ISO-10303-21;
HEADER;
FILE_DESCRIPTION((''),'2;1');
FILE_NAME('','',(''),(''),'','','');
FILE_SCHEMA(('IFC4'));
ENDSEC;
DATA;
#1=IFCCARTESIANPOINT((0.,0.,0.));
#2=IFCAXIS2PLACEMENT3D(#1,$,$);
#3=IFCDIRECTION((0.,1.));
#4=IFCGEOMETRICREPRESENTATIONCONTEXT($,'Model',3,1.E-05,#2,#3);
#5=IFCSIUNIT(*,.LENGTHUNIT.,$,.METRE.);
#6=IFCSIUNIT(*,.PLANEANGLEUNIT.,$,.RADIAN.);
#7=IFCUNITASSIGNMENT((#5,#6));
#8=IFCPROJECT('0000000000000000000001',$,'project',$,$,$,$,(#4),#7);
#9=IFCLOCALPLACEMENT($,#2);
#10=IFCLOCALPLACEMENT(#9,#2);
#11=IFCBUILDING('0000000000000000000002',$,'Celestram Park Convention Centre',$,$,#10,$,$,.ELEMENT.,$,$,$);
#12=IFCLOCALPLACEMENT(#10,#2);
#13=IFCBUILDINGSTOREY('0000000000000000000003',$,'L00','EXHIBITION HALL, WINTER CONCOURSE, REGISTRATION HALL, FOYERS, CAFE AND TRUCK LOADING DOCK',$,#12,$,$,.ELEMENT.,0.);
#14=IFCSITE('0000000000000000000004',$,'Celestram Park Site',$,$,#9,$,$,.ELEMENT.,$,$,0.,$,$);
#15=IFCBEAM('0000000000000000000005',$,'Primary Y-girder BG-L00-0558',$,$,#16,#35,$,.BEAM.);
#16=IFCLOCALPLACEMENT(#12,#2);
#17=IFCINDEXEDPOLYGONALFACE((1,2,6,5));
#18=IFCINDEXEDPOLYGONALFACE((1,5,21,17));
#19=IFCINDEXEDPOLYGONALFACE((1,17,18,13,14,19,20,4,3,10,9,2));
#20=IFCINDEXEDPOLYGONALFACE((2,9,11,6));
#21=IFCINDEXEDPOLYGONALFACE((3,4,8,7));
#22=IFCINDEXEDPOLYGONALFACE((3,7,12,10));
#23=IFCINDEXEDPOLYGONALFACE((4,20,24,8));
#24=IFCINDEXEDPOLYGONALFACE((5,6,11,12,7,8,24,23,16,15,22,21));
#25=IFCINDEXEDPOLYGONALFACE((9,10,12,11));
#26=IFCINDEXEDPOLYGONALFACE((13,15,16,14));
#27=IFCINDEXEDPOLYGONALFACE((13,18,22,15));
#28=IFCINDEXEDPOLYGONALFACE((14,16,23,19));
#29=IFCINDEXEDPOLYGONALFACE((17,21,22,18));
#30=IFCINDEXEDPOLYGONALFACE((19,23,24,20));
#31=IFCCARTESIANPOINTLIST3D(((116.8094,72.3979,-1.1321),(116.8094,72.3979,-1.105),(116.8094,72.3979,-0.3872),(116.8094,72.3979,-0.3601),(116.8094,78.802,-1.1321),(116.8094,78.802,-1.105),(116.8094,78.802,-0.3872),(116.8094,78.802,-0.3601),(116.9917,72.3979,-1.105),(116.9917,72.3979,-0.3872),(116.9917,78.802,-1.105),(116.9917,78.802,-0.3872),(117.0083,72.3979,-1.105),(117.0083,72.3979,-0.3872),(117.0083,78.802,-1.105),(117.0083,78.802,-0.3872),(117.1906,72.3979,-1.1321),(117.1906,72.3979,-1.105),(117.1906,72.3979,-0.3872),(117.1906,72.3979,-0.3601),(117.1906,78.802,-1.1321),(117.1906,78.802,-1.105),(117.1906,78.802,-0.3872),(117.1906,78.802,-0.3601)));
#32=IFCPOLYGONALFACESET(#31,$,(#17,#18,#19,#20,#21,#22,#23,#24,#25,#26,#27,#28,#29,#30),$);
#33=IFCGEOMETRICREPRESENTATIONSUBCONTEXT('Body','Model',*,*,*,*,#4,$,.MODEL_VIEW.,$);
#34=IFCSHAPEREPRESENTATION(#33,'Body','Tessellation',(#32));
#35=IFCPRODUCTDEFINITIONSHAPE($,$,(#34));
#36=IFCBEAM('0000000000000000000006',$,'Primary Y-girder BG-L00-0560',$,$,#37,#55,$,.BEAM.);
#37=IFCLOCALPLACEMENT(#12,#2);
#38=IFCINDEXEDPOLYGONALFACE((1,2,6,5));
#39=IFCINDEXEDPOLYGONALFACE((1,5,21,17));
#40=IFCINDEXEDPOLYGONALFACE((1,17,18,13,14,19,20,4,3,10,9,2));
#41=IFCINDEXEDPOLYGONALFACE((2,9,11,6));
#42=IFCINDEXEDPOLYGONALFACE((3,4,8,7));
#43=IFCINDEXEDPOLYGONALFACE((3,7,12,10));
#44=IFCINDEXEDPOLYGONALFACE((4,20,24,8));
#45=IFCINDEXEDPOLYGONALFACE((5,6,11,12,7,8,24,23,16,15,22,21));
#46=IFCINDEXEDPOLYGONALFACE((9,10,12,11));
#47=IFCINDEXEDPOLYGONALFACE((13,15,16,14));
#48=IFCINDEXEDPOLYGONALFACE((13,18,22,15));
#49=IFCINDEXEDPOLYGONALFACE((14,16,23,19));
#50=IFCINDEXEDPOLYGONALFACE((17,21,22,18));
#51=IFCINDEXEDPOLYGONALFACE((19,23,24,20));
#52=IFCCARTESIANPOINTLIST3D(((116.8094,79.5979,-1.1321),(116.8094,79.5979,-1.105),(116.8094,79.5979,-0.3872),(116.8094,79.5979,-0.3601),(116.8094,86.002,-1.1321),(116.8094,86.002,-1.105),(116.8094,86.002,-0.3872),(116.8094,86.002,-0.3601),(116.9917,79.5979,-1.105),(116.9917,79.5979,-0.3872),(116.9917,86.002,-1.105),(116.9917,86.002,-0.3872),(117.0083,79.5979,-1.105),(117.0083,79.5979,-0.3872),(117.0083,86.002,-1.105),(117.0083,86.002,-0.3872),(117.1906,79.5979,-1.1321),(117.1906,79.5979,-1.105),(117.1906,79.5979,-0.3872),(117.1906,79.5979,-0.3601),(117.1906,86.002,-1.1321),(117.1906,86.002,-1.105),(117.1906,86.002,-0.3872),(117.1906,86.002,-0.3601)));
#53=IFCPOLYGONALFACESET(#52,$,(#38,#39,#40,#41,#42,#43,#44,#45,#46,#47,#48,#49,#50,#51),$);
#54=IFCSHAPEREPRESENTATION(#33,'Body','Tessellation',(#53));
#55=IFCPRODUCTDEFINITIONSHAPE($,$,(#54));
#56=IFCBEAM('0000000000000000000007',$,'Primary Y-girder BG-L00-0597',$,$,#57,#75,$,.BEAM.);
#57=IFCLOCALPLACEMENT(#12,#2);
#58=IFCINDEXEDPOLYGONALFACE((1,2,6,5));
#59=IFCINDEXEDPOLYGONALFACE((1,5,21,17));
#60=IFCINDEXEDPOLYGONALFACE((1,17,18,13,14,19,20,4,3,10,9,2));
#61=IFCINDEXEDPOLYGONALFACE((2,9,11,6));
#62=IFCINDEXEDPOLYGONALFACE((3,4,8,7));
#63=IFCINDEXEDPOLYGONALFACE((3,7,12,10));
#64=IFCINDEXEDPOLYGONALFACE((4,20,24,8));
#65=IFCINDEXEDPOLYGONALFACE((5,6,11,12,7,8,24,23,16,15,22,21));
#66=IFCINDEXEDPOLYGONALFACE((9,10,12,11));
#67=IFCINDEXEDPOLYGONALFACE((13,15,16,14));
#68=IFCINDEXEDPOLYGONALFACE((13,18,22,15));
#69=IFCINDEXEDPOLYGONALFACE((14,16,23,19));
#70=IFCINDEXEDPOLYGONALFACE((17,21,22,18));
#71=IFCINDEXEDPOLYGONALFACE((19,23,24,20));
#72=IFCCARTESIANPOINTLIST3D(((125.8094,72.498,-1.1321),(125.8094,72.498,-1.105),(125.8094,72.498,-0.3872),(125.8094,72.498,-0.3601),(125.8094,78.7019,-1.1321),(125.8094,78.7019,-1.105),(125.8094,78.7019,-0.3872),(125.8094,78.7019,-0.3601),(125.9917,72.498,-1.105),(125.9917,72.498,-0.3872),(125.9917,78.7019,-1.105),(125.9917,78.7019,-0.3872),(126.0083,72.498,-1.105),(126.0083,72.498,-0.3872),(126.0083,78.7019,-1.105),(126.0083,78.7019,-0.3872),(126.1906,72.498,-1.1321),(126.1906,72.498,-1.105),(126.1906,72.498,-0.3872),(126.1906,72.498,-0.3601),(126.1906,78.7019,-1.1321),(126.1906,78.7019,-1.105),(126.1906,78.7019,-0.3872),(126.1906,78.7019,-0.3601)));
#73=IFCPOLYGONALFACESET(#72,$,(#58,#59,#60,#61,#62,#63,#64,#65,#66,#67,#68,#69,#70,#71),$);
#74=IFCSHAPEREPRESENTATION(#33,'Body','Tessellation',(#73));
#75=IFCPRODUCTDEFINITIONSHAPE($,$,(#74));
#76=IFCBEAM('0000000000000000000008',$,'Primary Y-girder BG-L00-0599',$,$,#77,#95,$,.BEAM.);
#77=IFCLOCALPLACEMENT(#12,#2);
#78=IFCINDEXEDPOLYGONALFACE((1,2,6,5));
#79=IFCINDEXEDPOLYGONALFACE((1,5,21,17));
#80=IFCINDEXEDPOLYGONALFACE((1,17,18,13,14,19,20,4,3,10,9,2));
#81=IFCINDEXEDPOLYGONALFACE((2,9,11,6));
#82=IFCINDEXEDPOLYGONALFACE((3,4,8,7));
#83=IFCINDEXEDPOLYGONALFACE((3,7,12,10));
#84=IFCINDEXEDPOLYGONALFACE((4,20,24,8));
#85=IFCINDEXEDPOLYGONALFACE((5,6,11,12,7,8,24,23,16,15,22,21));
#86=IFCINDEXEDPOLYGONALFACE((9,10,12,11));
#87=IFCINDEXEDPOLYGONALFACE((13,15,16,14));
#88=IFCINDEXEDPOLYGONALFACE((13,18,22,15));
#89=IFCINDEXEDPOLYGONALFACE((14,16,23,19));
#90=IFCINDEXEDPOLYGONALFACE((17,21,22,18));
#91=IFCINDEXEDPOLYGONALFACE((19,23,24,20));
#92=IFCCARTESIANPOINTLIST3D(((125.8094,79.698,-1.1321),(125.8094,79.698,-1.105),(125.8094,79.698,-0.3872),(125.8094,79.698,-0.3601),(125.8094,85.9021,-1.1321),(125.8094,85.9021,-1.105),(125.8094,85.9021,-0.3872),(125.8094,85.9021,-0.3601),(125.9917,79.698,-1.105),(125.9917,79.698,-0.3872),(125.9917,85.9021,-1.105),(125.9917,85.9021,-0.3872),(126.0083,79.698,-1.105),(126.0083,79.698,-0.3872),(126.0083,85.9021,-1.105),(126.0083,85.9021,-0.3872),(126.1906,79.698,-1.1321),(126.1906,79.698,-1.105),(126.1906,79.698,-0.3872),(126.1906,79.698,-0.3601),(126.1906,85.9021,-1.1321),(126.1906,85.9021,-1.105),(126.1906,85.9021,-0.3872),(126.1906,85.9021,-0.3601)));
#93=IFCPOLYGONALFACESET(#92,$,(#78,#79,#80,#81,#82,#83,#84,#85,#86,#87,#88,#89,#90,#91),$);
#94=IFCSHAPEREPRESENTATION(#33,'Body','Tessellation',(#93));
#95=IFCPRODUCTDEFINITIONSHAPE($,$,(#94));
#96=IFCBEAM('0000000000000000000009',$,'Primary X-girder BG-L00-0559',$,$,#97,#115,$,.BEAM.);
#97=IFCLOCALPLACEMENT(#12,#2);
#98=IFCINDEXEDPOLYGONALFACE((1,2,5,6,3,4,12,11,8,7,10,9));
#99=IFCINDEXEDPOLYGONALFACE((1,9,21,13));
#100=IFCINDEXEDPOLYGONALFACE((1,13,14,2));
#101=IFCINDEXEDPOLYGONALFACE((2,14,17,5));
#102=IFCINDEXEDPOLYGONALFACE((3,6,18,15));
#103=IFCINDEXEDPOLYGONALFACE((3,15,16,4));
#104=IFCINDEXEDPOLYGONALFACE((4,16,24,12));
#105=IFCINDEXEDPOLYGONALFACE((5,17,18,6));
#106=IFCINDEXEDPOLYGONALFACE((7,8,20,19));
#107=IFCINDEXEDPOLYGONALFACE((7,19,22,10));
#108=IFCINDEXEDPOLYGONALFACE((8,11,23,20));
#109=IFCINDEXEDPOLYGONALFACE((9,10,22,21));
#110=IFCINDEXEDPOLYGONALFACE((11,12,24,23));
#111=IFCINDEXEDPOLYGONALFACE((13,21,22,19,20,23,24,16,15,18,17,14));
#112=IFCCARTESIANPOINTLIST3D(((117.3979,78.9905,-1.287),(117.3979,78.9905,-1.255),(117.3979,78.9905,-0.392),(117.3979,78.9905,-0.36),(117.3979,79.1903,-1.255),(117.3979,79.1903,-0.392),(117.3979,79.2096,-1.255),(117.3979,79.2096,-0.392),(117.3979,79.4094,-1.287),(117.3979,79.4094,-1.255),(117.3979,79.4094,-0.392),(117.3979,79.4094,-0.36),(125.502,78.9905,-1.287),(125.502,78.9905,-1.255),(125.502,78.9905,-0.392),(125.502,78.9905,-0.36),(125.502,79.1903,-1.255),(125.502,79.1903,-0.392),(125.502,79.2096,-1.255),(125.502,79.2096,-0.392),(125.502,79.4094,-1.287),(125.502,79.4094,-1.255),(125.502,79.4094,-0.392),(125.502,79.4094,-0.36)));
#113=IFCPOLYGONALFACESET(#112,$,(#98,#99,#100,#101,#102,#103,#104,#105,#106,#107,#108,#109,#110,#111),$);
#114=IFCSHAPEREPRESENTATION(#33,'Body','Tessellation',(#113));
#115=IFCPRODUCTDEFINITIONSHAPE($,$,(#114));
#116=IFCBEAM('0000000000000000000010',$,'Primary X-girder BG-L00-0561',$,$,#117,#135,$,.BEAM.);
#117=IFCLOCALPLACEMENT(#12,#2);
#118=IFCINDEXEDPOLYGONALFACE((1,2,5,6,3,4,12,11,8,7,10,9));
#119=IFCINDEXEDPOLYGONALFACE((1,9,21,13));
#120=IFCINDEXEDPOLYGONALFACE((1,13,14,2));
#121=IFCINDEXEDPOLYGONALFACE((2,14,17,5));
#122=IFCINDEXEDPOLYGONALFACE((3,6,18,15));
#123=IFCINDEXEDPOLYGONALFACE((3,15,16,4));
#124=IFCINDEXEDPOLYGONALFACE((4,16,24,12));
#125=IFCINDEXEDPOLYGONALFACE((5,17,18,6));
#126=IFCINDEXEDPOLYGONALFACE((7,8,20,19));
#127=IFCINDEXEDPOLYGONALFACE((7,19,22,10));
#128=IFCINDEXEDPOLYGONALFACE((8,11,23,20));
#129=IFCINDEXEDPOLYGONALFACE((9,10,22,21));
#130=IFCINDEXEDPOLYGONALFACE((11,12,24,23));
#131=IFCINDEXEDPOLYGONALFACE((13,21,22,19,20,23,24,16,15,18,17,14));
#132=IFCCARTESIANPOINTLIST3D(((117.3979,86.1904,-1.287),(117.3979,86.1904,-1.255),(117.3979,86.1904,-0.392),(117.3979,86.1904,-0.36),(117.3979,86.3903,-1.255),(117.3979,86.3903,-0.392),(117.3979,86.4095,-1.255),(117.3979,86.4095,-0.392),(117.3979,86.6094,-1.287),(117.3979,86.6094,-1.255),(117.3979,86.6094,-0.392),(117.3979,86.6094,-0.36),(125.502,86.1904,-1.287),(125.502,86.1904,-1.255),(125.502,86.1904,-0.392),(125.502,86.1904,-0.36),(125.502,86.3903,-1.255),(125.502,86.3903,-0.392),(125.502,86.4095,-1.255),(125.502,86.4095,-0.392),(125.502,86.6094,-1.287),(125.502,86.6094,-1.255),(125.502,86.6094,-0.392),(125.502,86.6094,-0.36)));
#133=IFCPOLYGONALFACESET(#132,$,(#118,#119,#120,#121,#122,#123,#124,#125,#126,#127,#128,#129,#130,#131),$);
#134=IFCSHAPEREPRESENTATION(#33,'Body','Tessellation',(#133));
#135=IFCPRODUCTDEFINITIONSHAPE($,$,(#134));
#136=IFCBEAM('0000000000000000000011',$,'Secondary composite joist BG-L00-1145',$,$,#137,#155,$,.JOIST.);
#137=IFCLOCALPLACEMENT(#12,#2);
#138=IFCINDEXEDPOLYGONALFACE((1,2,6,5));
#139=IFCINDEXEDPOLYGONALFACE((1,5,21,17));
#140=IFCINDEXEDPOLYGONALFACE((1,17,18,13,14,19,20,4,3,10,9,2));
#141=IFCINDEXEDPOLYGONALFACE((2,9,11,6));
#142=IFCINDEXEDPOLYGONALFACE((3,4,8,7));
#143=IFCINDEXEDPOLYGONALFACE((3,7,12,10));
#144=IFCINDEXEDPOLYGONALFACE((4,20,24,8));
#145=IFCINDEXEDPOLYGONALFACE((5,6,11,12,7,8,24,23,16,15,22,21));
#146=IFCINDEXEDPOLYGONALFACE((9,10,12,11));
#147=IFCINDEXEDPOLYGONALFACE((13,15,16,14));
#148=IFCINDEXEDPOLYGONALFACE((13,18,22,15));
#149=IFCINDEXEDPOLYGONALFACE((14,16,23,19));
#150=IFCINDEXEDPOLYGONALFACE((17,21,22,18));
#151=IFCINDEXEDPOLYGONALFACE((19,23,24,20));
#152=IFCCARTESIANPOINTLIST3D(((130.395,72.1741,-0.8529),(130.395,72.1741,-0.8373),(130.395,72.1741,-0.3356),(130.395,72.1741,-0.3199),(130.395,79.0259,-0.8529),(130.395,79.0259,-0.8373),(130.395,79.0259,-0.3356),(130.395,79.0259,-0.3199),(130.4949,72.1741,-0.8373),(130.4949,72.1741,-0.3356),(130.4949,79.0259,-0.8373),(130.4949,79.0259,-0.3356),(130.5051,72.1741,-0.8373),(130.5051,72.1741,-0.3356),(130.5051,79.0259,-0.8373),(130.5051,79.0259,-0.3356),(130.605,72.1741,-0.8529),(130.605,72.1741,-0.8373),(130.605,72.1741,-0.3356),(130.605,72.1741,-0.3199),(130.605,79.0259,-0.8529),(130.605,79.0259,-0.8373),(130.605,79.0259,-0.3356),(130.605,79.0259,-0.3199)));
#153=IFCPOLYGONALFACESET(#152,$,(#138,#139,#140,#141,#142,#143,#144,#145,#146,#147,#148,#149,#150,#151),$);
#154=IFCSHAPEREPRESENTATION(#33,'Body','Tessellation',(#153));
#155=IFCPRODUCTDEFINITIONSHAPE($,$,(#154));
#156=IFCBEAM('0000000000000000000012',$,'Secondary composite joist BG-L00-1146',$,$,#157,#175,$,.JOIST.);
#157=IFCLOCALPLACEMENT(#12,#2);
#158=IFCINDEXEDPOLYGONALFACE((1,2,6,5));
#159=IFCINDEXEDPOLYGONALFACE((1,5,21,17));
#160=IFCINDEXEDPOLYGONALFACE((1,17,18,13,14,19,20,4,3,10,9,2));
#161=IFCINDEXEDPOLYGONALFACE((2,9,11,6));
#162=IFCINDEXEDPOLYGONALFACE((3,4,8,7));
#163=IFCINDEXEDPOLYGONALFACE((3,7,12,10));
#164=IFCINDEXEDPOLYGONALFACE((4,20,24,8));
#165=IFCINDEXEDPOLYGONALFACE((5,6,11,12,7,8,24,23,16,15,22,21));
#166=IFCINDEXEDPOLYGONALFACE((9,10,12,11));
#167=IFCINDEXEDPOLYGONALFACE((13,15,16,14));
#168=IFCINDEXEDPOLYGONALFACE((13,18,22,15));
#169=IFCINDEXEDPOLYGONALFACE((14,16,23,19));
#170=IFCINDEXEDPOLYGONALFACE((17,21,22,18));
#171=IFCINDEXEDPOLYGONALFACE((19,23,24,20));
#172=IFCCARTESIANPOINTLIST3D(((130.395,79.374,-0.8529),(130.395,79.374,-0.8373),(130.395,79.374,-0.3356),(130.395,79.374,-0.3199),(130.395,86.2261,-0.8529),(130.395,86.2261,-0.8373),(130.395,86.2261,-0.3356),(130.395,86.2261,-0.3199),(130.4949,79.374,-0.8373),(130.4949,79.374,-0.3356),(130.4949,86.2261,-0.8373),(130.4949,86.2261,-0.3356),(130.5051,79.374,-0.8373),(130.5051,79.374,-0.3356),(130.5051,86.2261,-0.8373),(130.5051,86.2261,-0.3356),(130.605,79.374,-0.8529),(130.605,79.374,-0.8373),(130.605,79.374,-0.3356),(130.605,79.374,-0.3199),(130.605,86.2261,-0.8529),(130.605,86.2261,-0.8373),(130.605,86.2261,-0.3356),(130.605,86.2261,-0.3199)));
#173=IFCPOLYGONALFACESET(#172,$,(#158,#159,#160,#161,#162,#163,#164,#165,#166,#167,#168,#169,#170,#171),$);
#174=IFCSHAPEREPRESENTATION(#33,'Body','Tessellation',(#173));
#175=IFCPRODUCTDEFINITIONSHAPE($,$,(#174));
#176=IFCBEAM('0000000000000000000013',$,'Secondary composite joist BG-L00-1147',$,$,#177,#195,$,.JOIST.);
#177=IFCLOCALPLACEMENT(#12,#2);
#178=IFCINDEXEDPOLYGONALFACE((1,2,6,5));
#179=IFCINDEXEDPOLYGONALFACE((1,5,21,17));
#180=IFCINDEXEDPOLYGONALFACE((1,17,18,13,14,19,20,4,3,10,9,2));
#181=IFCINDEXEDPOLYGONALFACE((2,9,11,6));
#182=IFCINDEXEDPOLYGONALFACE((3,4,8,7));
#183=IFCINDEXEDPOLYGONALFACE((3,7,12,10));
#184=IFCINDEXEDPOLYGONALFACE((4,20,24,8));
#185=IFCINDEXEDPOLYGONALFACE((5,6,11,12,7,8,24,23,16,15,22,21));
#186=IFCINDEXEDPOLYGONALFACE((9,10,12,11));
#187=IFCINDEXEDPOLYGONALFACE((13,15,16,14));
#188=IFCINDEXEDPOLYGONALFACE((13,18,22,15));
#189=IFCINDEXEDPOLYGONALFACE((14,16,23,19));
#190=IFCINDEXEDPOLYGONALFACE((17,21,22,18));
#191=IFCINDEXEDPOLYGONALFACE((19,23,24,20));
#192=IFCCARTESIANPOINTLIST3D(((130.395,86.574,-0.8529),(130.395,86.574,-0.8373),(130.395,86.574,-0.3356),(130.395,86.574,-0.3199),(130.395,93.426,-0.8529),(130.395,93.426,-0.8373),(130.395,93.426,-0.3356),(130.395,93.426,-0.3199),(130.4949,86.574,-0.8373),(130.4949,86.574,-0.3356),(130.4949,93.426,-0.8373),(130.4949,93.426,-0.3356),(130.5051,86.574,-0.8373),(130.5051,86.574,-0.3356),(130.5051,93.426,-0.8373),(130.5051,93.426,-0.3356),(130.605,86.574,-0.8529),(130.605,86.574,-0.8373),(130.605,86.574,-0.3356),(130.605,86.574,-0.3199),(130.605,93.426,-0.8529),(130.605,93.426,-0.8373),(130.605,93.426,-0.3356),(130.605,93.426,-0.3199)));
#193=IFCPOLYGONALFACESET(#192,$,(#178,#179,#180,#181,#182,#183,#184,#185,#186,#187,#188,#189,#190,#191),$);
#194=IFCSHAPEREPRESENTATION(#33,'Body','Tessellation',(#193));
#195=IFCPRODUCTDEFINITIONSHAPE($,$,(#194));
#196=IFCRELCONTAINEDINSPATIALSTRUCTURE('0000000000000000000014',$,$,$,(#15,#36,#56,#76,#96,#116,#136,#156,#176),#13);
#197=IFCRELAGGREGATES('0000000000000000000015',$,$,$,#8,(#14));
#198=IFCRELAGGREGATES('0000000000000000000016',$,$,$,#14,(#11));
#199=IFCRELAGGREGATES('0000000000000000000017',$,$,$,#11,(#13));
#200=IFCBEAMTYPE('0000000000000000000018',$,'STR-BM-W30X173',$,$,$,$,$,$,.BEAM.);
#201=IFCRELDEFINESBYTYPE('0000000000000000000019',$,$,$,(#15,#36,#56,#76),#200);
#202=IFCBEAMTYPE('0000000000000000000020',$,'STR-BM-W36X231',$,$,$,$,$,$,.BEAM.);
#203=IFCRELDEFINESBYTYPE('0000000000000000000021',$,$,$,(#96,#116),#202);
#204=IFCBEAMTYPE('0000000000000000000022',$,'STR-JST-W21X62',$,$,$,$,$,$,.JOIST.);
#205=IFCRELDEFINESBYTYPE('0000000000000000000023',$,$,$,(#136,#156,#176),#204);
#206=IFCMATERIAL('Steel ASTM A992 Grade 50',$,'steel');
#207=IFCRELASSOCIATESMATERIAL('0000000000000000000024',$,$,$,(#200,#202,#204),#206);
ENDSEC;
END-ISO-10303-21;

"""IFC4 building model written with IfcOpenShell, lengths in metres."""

from ifc_helpers import new_model, si_unit, direction, frame, origin, origin_2d, place, context, subcontext, project, spatial, i_section, extrude, material, material_profile, profile_set, type_object, element, save


model = new_model("IFC4")

# Units and contexts
model_context = context("Model", 3, precision=1e-05, world=origin(), true_north=direction((0.0, 1.0)))
body_context = subcontext(model_context, "Body", "Model", "MODEL_VIEW")
ifc_project = project(units=[si_unit("LENGTHUNIT", "METRE"), si_unit("PLANEANGLEUNIT", "RADIAN")], contexts=[model_context])

# Site, building, storey
site_placement = place(None, origin())
site = spatial("IfcSite", under=ifc_project, at=site_placement, Name="Celestram Park Site", CompositionType="ELEMENT", RefElevation=0.0)
building_placement = place(site_placement, origin())
building = spatial("IfcBuilding", under=site, at=building_placement, Name="Celestram Park Convention Centre", CompositionType="ELEMENT")
storey_placement = place(building_placement, origin())
storey = spatial("IfcBuildingStorey", under=building, at=storey_placement, Name="L00", Description="EXHIBITION HALL, WINTER CONCOURSE, REGISTRATION HALL, FOYERS, CAFE AND TRUCK LOADING DOCK", CompositionType="ELEMENT", Elevation=0.0)

# Beams
ifc_material_1 = material(Name="Steel ASTM A992 Grade 50", Category="steel")
ifc_material_profile_1 = material_profile(ifc_material_1, i_section(OverallWidth=0.3811, OverallDepth=0.772, WebThickness=0.0166, FlangeThickness=0.0271, at=origin_2d()), Name="W30X173")
ifc_profile_set_1 = profile_set([ifc_material_profile_1], Name="Steel ASTM A992 Grade 50")
beam_type_1 = type_object("IfcBeamType", Name="STR-BM-W30X173", PredefinedType="BEAM", material=ifc_profile_set_1)
for number, where, z_axis, x_axis, name in (
    (1, (117.0, 72.3979, -0.7461), (0.0, 1.0, 0.0), (-1.0, 0.0, 0.0), "Primary Y-girder BG-L00-0558"),
    (2, (117.0, 79.5979, -0.7461), (0.0, 1.0, 0.0), (-1.0, 0.0, 0.0), "Primary Y-girder BG-L00-0560"),
):
    element("IfcBeam", number, at=place(storey_placement, frame(where, z_axis=z_axis, x_axis=x_axis)), inside=storey, type_object=beam_type_1, Name=name, PredefinedType="BEAM", context=body_context, shape_type="SweptSolid", body=[
        extrude(i_section(OverallWidth=0.3811, OverallDepth=0.772, WebThickness=0.0166, FlangeThickness=0.0271, at=origin_2d()), origin(), (0.0, 0.0, 1.0), 6.4041),
    ])
beam_1_placement = place(storey_placement, frame((126.0, 72.498, -0.7461), z_axis=(0.0, 1.0, 0.0), x_axis=(-1.0, 0.0, 0.0)))
element("IfcBeam", 3, at=beam_1_placement, inside=storey, type_object=beam_type_1, Name="Primary Y-girder BG-L00-0597", PredefinedType="BEAM", context=body_context, shape_type="SweptSolid", body=[
    extrude(i_section(OverallWidth=0.3811, OverallDepth=0.772, WebThickness=0.0166, FlangeThickness=0.0271, at=origin_2d()), origin(), (0.0, 0.0, 1.0), 6.2039),
])
beam_2_placement = place(storey_placement, frame((126.0, 79.698, -0.7461), z_axis=(0.0, 1.0, 0.0), x_axis=(-1.0, 0.0, 0.0)))
element("IfcBeam", 4, at=beam_2_placement, inside=storey, type_object=beam_type_1, Name="Primary Y-girder BG-L00-0599", PredefinedType="BEAM", context=body_context, shape_type="SweptSolid", body=[
    extrude(i_section(OverallWidth=0.3811, OverallDepth=0.772, WebThickness=0.0166, FlangeThickness=0.0271, at=origin_2d()), origin(), (0.0, 0.0, 1.0), 6.2041),
])
ifc_material_profile_2 = material_profile(ifc_material_1, i_section(OverallWidth=0.4189, OverallDepth=0.927, WebThickness=0.0193, FlangeThickness=0.032, at=origin_2d()), Name="W36X231")
ifc_profile_set_2 = profile_set([ifc_material_profile_2], Name="Steel ASTM A992 Grade 50")
beam_type_2 = type_object("IfcBeamType", Name="STR-BM-W36X231", PredefinedType="BEAM", material=ifc_profile_set_2)
for number, where, z_axis, x_axis, name in (
    (5, (117.3979, 79.2, -0.8235), (1.0, 0.0, 0.0), (0.0, 1.0, 0.0), "Primary X-girder BG-L00-0559"),
    (6, (117.3979, 86.3999, -0.8235), (1.0, 0.0, 0.0), (0.0, 1.0, 0.0), "Primary X-girder BG-L00-0561"),
):
    element("IfcBeam", number, at=place(storey_placement, frame(where, z_axis=z_axis, x_axis=x_axis)), inside=storey, type_object=beam_type_2, Name=name, PredefinedType="BEAM", context=body_context, shape_type="SweptSolid", body=[
        extrude(i_section(OverallWidth=0.4189, OverallDepth=0.927, WebThickness=0.0193, FlangeThickness=0.032, at=origin_2d()), origin(), (0.0, 0.0, 1.0), 8.104),
    ])
ifc_material_profile_3 = material_profile(ifc_material_1, i_section(OverallWidth=0.21, OverallDepth=0.533, WebThickness=0.0103, FlangeThickness=0.0156, at=origin_2d()), Name="W21X62")
ifc_profile_set_3 = profile_set([ifc_material_profile_3], Name="Steel ASTM A992 Grade 50")
beam_type_3 = type_object("IfcBeamType", Name="STR-JST-W21X62", PredefinedType="JOIST", material=ifc_profile_set_3)
beam_3_placement = place(storey_placement, frame((130.5, 72.1741, -0.5864), z_axis=(0.0, 1.0, 0.0), x_axis=(-1.0, 0.0, 0.0)))
element("IfcBeam", 7, at=beam_3_placement, inside=storey, type_object=beam_type_3, Name="Secondary composite joist BG-L00-1145", PredefinedType="JOIST", context=body_context, shape_type="SweptSolid", body=[
    extrude(i_section(OverallWidth=0.21, OverallDepth=0.533, WebThickness=0.0103, FlangeThickness=0.0156, at=origin_2d()), origin(), (0.0, 0.0, 1.0), 6.8518),
])
for number, where, z_axis, x_axis, name in (
    (8, (130.5, 79.374, -0.5864), (0.0, 1.0, 0.0), (-1.0, 0.0, 0.0), "Secondary composite joist BG-L00-1146"),
    (9, (130.5, 86.574, -0.5864), (0.0, 1.0, 0.0), (-1.0, 0.0, 0.0), "Secondary composite joist BG-L00-1147"),
):
    element("IfcBeam", number, at=place(storey_placement, frame(where, z_axis=z_axis, x_axis=x_axis)), inside=storey, type_object=beam_type_3, Name=name, PredefinedType="JOIST", context=body_context, shape_type="SweptSolid", body=[
        extrude(i_section(OverallWidth=0.21, OverallDepth=0.533, WebThickness=0.0103, FlangeThickness=0.0156, at=origin_2d()), origin(), (0.0, 0.0, 1.0), 6.8521),
    ])

save(model, "model.ifc")
